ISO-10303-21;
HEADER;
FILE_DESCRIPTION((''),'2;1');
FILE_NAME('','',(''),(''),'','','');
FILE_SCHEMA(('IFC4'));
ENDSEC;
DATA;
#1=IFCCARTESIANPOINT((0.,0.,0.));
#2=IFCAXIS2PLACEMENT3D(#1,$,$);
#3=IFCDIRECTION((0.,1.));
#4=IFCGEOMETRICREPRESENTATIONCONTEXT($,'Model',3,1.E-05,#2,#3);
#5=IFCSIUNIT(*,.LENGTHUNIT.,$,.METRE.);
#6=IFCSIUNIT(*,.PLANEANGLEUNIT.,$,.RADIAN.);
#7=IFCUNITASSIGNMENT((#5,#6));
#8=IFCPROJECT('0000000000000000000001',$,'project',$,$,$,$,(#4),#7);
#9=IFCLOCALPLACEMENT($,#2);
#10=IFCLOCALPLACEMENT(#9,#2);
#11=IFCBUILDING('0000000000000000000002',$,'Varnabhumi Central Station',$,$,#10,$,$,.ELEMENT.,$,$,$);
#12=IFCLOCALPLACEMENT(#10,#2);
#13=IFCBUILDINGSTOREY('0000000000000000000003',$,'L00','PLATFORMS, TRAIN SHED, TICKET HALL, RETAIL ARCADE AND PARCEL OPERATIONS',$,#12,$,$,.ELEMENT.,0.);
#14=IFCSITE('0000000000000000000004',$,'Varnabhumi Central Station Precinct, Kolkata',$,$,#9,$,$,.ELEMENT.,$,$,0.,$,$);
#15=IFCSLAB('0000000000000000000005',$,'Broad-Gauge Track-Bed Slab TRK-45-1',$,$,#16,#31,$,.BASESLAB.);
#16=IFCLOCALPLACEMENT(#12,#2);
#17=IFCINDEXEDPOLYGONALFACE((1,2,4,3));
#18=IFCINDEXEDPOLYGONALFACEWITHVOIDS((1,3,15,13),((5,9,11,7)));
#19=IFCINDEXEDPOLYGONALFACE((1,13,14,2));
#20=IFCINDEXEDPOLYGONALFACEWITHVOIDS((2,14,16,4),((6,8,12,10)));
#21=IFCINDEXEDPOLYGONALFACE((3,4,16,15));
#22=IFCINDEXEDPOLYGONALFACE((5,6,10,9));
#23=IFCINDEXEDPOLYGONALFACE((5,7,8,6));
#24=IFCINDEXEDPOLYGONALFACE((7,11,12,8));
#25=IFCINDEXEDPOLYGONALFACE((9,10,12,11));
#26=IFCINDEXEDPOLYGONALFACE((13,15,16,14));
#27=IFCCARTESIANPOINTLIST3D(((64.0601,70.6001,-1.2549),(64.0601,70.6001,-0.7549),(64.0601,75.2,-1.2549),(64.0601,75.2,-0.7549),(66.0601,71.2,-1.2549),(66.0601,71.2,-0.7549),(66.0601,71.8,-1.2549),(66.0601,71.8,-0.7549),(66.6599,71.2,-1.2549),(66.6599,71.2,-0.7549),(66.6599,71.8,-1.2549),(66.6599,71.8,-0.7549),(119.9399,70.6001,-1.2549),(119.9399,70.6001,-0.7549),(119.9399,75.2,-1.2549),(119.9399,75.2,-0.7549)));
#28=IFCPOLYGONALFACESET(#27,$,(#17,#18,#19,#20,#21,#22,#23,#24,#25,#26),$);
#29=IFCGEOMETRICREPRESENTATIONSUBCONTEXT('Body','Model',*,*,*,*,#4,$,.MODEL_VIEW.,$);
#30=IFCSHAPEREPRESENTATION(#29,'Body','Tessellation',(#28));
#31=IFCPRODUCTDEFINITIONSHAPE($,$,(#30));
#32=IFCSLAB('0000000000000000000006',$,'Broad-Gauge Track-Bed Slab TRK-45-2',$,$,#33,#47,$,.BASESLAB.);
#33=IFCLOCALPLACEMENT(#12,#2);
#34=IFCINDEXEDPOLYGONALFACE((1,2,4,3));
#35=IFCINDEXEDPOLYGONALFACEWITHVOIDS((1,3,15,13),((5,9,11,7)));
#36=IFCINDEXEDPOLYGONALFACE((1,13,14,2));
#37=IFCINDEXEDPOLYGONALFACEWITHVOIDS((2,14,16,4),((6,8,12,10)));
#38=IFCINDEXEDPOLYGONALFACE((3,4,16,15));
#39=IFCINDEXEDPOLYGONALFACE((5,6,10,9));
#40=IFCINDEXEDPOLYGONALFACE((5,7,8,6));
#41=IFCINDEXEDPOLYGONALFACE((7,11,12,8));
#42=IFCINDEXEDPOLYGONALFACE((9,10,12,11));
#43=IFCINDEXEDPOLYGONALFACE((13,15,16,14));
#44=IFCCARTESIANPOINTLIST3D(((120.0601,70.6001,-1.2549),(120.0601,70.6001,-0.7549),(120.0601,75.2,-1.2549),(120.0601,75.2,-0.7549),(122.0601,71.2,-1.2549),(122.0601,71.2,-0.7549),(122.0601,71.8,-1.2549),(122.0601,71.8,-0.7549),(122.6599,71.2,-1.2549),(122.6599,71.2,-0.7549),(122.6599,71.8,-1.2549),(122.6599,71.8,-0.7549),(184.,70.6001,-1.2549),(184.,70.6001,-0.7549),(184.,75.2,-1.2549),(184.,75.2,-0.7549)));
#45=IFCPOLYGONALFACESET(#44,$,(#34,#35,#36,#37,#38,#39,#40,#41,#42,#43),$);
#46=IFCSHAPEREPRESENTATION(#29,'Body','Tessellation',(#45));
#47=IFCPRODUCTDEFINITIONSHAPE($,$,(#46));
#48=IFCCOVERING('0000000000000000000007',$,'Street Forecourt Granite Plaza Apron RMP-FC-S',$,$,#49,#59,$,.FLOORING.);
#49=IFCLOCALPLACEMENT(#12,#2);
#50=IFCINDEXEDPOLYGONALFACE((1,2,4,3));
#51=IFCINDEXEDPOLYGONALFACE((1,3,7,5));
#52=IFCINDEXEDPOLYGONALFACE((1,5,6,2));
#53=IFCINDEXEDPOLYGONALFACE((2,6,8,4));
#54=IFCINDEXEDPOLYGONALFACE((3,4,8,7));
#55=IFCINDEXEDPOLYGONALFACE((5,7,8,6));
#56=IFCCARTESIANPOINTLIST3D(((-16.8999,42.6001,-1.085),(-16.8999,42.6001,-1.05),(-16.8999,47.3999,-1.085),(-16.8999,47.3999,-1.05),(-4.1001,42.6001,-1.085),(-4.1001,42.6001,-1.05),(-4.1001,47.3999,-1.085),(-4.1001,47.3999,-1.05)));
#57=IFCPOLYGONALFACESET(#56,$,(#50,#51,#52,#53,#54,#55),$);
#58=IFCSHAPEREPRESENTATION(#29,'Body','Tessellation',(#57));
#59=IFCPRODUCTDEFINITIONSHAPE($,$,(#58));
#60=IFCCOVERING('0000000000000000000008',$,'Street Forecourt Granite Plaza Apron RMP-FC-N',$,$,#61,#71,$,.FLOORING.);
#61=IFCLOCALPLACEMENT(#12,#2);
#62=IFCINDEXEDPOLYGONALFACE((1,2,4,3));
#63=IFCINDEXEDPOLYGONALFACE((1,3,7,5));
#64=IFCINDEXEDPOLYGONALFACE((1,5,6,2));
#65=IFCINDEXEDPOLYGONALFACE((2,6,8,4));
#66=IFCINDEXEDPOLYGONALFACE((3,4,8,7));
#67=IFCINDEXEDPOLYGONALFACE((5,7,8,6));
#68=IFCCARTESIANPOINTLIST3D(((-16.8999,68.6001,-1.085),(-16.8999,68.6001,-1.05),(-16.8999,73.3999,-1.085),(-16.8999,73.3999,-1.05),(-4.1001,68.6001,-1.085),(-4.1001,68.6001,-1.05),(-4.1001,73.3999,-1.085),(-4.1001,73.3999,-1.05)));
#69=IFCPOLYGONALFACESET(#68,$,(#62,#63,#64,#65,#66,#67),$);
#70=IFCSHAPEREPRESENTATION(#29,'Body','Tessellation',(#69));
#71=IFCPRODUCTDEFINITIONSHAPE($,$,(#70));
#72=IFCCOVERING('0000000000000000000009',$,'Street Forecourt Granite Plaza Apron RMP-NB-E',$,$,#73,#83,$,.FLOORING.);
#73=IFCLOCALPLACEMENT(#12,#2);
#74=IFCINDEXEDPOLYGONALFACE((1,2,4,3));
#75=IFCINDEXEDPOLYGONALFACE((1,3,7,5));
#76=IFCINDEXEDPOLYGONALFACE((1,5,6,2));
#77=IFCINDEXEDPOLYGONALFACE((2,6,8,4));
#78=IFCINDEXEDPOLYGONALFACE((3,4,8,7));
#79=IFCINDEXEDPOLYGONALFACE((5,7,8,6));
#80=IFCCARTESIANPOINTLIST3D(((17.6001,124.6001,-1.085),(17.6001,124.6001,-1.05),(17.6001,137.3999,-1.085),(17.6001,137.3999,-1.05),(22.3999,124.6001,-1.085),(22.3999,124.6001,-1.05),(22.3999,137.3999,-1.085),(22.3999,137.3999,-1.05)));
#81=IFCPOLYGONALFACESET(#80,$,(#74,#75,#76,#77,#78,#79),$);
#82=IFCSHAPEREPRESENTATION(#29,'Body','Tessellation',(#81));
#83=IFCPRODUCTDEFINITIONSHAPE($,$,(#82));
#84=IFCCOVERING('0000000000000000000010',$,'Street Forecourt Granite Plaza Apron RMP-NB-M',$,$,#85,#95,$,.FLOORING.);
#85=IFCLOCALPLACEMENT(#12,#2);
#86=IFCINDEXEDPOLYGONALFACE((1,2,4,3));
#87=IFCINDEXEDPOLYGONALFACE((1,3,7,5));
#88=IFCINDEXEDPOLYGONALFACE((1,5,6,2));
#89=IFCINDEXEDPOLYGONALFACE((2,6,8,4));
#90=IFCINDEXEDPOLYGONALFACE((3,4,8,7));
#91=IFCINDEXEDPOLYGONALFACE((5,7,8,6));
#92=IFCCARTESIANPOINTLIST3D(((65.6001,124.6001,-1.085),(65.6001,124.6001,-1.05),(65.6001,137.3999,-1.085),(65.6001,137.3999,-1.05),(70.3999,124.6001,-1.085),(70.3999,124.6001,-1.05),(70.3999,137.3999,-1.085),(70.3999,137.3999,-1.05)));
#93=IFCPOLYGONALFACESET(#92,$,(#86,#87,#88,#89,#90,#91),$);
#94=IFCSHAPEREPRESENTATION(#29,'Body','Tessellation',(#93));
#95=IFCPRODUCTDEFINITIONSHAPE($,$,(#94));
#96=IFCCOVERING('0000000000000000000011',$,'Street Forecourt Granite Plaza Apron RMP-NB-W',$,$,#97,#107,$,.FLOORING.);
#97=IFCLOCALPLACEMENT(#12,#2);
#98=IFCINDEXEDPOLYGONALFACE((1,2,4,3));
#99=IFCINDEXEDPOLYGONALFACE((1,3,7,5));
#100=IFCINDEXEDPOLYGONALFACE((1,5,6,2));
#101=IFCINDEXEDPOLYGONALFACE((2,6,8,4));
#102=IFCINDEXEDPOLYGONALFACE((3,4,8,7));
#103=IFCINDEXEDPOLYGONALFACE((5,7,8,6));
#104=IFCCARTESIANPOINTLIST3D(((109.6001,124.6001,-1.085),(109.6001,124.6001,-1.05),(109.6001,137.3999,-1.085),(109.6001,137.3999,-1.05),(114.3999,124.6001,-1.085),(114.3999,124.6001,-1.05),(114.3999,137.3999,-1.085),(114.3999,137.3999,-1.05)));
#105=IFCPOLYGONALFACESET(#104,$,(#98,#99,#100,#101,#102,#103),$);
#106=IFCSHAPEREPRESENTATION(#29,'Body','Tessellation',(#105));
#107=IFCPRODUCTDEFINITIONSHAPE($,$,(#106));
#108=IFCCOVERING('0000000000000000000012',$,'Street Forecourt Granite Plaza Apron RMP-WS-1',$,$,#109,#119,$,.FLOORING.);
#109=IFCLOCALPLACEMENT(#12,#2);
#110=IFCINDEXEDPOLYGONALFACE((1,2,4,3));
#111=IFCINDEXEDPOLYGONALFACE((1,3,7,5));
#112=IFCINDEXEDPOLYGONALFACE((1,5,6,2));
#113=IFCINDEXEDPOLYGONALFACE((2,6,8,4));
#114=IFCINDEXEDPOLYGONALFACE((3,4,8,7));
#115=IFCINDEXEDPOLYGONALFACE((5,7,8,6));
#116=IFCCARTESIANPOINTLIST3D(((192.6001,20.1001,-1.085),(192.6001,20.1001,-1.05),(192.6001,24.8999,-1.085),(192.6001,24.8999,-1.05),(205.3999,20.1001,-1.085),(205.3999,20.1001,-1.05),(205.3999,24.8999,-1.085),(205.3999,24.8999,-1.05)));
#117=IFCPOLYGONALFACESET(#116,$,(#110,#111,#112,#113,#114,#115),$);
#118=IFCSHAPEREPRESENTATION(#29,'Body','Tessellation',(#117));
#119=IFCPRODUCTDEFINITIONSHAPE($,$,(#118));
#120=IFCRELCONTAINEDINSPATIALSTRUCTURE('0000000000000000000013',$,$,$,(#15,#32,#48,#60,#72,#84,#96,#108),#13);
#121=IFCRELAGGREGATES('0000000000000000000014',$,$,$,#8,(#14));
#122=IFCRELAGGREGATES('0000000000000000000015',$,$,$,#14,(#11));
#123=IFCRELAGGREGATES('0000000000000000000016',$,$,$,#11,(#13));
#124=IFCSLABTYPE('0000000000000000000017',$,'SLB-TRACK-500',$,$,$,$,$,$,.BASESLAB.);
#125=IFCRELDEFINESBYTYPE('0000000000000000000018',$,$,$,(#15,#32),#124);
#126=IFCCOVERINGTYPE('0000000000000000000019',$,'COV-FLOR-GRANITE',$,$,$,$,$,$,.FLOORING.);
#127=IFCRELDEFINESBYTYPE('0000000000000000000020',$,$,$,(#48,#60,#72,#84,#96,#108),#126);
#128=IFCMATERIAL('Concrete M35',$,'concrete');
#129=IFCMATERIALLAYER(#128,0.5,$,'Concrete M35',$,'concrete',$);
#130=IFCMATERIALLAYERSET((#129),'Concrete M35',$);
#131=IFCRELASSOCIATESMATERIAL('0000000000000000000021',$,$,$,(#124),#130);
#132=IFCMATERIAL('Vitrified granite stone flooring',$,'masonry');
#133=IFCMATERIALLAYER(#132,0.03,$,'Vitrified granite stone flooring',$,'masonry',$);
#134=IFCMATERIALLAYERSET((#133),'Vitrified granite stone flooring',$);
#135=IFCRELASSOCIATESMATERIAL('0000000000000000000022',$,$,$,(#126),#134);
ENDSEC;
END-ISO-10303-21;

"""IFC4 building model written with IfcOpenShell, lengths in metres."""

from ifc_helpers import new_model, si_unit, direction, frame, origin, place, context, subcontext, project, spatial, polyline, outline, extrude, material, layer, layer_set, type_object, element, save


model = new_model("IFC4")

# Units and contexts
model_context = context("Model", 3, precision=1e-05, world=origin(), true_north=direction((0.0, 1.0)))
body_context = subcontext(model_context, "Body", "Model", "MODEL_VIEW")
ifc_project = project(units=[si_unit("LENGTHUNIT", "METRE"), si_unit("PLANEANGLEUNIT", "RADIAN")], contexts=[model_context])

# Site, building, storey
site_placement = place(None, origin())
site = spatial("IfcSite", under=ifc_project, at=site_placement, Name="Varnabhumi Central Station Precinct, Kolkata", CompositionType="ELEMENT", RefElevation=0.0)
building_placement = place(site_placement, origin())
building = spatial("IfcBuilding", under=site, at=building_placement, Name="Varnabhumi Central Station", CompositionType="ELEMENT")
storey_placement = place(building_placement, origin())
storey = spatial("IfcBuildingStorey", under=building, at=storey_placement, Name="L00", Description="PLATFORMS, TRAIN SHED, TICKET HALL, RETAIL ARCADE AND PARCEL OPERATIONS", CompositionType="ELEMENT", Elevation=0.0)

# Shared definitions
ifc_material_1 = material(Name="Concrete M35", Category="concrete")

# Slabs
ifc_layer_1 = layer(ifc_material_1, 0.5, Name="Concrete M35", Category="concrete")
ifc_layer_set_1 = layer_set([ifc_layer_1], Name="Concrete M35")
slab_type_1 = type_object("IfcSlabType", Name="SLB-TRACK-500", PredefinedType="BASESLAB", material=ifc_layer_set_1)
slab_1_placement = place(storey_placement, frame((0.0, 0.0, -1.2549)))
element("IfcSlab", 1, at=slab_1_placement, inside=storey, type_object=slab_type_1, Name="Broad-Gauge Track-Bed Slab TRK-45-1", PredefinedType="BASESLAB", context=body_context, shape_type="SweptSolid", body=[
    extrude(outline(polyline([(64.0601, 70.6001), (119.9399, 70.6001), (119.9399, 75.2), (64.0601, 75.2), (64.0601, 70.6001)]), holes=[polyline([(66.0601, 71.2), (66.6599, 71.2), (66.6599, 71.8), (66.0601, 71.8), (66.0601, 71.2)])]), origin(), (0.0, 0.0, 1.0), 0.5),
])
slab_2_placement = place(storey_placement, frame((0.0, 0.0, -1.2549)))
element("IfcSlab", 2, at=slab_2_placement, inside=storey, type_object=slab_type_1, Name="Broad-Gauge Track-Bed Slab TRK-45-2", PredefinedType="BASESLAB", context=body_context, shape_type="SweptSolid", body=[
    extrude(outline(polyline([(120.0601, 70.6001), (184.0, 70.6001), (184.0, 75.2), (120.0601, 75.2), (120.0601, 70.6001)]), holes=[polyline([(122.0601, 71.2), (122.6599, 71.2), (122.6599, 71.8), (122.0601, 71.8), (122.0601, 71.2)])]), origin(), (0.0, 0.0, 1.0), 0.5),
])

# Coverings
ifc_material_2 = material(Name="Vitrified granite stone flooring", Category="masonry")
ifc_layer_2 = layer(ifc_material_2, 0.03, Name="Vitrified granite stone flooring", Category="masonry")
ifc_layer_set_2 = layer_set([ifc_layer_2], Name="Vitrified granite stone flooring")
covering_type = type_object("IfcCoveringType", Name="COV-FLOR-GRANITE", PredefinedType="FLOORING", material=ifc_layer_set_2)
covering_1_placement = place(storey_placement, frame((0.0, 0.0, -1.085)))
element("IfcCovering", 3, at=covering_1_placement, inside=storey, type_object=covering_type, Name="Street Forecourt Granite Plaza Apron RMP-FC-S", PredefinedType="FLOORING", context=body_context, shape_type="SweptSolid", body=[
    extrude(outline(polyline([(-16.8999, 42.6001), (-4.1001, 42.6001), (-4.1001, 47.3999), (-16.8999, 47.3999), (-16.8999, 42.6001)])), origin(), (0.0, 0.0, 1.0), 0.0349),
])
covering_2_placement = place(storey_placement, frame((0.0, 0.0, -1.085)))
element("IfcCovering", 4, at=covering_2_placement, inside=storey, type_object=covering_type, Name="Street Forecourt Granite Plaza Apron RMP-FC-N", PredefinedType="FLOORING", context=body_context, shape_type="SweptSolid", body=[
    extrude(outline(polyline([(-16.8999, 68.6001), (-4.1001, 68.6001), (-4.1001, 73.3999), (-16.8999, 73.3999), (-16.8999, 68.6001)])), origin(), (0.0, 0.0, 1.0), 0.0349),
])
covering_3_placement = place(storey_placement, frame((0.0, 0.0, -1.085)))
element("IfcCovering", 5, at=covering_3_placement, inside=storey, type_object=covering_type, Name="Street Forecourt Granite Plaza Apron RMP-NB-E", PredefinedType="FLOORING", context=body_context, shape_type="SweptSolid", body=[
    extrude(outline(polyline([(17.6001, 124.6001), (22.3999, 124.6001), (22.3999, 137.3999), (17.6001, 137.3999), (17.6001, 124.6001)])), origin(), (0.0, 0.0, 1.0), 0.0349),
])
covering_4_placement = place(storey_placement, frame((0.0, 0.0, -1.085)))
element("IfcCovering", 6, at=covering_4_placement, inside=storey, type_object=covering_type, Name="Street Forecourt Granite Plaza Apron RMP-NB-M", PredefinedType="FLOORING", context=body_context, shape_type="SweptSolid", body=[
    extrude(outline(polyline([(65.6001, 124.6001), (70.3999, 124.6001), (70.3999, 137.3999), (65.6001, 137.3999), (65.6001, 124.6001)])), origin(), (0.0, 0.0, 1.0), 0.0349),
])
covering_5_placement = place(storey_placement, frame((0.0, 0.0, -1.085)))
element("IfcCovering", 7, at=covering_5_placement, inside=storey, type_object=covering_type, Name="Street Forecourt Granite Plaza Apron RMP-NB-W", PredefinedType="FLOORING", context=body_context, shape_type="SweptSolid", body=[
    extrude(outline(polyline([(109.6001, 124.6001), (114.3999, 124.6001), (114.3999, 137.3999), (109.6001, 137.3999), (109.6001, 124.6001)])), origin(), (0.0, 0.0, 1.0), 0.0349),
])
covering_6_placement = place(storey_placement, frame((0.0, 0.0, -1.085)))
element("IfcCovering", 8, at=covering_6_placement, inside=storey, type_object=covering_type, Name="Street Forecourt Granite Plaza Apron RMP-WS-1", PredefinedType="FLOORING", context=body_context, shape_type="SweptSolid", body=[
    extrude(outline(polyline([(192.6001, 20.1001), (205.3999, 20.1001), (205.3999, 24.8999), (192.6001, 24.8999), (192.6001, 20.1001)])), origin(), (0.0, 0.0, 1.0), 0.0349),
])

save(model, "model.ifc")
